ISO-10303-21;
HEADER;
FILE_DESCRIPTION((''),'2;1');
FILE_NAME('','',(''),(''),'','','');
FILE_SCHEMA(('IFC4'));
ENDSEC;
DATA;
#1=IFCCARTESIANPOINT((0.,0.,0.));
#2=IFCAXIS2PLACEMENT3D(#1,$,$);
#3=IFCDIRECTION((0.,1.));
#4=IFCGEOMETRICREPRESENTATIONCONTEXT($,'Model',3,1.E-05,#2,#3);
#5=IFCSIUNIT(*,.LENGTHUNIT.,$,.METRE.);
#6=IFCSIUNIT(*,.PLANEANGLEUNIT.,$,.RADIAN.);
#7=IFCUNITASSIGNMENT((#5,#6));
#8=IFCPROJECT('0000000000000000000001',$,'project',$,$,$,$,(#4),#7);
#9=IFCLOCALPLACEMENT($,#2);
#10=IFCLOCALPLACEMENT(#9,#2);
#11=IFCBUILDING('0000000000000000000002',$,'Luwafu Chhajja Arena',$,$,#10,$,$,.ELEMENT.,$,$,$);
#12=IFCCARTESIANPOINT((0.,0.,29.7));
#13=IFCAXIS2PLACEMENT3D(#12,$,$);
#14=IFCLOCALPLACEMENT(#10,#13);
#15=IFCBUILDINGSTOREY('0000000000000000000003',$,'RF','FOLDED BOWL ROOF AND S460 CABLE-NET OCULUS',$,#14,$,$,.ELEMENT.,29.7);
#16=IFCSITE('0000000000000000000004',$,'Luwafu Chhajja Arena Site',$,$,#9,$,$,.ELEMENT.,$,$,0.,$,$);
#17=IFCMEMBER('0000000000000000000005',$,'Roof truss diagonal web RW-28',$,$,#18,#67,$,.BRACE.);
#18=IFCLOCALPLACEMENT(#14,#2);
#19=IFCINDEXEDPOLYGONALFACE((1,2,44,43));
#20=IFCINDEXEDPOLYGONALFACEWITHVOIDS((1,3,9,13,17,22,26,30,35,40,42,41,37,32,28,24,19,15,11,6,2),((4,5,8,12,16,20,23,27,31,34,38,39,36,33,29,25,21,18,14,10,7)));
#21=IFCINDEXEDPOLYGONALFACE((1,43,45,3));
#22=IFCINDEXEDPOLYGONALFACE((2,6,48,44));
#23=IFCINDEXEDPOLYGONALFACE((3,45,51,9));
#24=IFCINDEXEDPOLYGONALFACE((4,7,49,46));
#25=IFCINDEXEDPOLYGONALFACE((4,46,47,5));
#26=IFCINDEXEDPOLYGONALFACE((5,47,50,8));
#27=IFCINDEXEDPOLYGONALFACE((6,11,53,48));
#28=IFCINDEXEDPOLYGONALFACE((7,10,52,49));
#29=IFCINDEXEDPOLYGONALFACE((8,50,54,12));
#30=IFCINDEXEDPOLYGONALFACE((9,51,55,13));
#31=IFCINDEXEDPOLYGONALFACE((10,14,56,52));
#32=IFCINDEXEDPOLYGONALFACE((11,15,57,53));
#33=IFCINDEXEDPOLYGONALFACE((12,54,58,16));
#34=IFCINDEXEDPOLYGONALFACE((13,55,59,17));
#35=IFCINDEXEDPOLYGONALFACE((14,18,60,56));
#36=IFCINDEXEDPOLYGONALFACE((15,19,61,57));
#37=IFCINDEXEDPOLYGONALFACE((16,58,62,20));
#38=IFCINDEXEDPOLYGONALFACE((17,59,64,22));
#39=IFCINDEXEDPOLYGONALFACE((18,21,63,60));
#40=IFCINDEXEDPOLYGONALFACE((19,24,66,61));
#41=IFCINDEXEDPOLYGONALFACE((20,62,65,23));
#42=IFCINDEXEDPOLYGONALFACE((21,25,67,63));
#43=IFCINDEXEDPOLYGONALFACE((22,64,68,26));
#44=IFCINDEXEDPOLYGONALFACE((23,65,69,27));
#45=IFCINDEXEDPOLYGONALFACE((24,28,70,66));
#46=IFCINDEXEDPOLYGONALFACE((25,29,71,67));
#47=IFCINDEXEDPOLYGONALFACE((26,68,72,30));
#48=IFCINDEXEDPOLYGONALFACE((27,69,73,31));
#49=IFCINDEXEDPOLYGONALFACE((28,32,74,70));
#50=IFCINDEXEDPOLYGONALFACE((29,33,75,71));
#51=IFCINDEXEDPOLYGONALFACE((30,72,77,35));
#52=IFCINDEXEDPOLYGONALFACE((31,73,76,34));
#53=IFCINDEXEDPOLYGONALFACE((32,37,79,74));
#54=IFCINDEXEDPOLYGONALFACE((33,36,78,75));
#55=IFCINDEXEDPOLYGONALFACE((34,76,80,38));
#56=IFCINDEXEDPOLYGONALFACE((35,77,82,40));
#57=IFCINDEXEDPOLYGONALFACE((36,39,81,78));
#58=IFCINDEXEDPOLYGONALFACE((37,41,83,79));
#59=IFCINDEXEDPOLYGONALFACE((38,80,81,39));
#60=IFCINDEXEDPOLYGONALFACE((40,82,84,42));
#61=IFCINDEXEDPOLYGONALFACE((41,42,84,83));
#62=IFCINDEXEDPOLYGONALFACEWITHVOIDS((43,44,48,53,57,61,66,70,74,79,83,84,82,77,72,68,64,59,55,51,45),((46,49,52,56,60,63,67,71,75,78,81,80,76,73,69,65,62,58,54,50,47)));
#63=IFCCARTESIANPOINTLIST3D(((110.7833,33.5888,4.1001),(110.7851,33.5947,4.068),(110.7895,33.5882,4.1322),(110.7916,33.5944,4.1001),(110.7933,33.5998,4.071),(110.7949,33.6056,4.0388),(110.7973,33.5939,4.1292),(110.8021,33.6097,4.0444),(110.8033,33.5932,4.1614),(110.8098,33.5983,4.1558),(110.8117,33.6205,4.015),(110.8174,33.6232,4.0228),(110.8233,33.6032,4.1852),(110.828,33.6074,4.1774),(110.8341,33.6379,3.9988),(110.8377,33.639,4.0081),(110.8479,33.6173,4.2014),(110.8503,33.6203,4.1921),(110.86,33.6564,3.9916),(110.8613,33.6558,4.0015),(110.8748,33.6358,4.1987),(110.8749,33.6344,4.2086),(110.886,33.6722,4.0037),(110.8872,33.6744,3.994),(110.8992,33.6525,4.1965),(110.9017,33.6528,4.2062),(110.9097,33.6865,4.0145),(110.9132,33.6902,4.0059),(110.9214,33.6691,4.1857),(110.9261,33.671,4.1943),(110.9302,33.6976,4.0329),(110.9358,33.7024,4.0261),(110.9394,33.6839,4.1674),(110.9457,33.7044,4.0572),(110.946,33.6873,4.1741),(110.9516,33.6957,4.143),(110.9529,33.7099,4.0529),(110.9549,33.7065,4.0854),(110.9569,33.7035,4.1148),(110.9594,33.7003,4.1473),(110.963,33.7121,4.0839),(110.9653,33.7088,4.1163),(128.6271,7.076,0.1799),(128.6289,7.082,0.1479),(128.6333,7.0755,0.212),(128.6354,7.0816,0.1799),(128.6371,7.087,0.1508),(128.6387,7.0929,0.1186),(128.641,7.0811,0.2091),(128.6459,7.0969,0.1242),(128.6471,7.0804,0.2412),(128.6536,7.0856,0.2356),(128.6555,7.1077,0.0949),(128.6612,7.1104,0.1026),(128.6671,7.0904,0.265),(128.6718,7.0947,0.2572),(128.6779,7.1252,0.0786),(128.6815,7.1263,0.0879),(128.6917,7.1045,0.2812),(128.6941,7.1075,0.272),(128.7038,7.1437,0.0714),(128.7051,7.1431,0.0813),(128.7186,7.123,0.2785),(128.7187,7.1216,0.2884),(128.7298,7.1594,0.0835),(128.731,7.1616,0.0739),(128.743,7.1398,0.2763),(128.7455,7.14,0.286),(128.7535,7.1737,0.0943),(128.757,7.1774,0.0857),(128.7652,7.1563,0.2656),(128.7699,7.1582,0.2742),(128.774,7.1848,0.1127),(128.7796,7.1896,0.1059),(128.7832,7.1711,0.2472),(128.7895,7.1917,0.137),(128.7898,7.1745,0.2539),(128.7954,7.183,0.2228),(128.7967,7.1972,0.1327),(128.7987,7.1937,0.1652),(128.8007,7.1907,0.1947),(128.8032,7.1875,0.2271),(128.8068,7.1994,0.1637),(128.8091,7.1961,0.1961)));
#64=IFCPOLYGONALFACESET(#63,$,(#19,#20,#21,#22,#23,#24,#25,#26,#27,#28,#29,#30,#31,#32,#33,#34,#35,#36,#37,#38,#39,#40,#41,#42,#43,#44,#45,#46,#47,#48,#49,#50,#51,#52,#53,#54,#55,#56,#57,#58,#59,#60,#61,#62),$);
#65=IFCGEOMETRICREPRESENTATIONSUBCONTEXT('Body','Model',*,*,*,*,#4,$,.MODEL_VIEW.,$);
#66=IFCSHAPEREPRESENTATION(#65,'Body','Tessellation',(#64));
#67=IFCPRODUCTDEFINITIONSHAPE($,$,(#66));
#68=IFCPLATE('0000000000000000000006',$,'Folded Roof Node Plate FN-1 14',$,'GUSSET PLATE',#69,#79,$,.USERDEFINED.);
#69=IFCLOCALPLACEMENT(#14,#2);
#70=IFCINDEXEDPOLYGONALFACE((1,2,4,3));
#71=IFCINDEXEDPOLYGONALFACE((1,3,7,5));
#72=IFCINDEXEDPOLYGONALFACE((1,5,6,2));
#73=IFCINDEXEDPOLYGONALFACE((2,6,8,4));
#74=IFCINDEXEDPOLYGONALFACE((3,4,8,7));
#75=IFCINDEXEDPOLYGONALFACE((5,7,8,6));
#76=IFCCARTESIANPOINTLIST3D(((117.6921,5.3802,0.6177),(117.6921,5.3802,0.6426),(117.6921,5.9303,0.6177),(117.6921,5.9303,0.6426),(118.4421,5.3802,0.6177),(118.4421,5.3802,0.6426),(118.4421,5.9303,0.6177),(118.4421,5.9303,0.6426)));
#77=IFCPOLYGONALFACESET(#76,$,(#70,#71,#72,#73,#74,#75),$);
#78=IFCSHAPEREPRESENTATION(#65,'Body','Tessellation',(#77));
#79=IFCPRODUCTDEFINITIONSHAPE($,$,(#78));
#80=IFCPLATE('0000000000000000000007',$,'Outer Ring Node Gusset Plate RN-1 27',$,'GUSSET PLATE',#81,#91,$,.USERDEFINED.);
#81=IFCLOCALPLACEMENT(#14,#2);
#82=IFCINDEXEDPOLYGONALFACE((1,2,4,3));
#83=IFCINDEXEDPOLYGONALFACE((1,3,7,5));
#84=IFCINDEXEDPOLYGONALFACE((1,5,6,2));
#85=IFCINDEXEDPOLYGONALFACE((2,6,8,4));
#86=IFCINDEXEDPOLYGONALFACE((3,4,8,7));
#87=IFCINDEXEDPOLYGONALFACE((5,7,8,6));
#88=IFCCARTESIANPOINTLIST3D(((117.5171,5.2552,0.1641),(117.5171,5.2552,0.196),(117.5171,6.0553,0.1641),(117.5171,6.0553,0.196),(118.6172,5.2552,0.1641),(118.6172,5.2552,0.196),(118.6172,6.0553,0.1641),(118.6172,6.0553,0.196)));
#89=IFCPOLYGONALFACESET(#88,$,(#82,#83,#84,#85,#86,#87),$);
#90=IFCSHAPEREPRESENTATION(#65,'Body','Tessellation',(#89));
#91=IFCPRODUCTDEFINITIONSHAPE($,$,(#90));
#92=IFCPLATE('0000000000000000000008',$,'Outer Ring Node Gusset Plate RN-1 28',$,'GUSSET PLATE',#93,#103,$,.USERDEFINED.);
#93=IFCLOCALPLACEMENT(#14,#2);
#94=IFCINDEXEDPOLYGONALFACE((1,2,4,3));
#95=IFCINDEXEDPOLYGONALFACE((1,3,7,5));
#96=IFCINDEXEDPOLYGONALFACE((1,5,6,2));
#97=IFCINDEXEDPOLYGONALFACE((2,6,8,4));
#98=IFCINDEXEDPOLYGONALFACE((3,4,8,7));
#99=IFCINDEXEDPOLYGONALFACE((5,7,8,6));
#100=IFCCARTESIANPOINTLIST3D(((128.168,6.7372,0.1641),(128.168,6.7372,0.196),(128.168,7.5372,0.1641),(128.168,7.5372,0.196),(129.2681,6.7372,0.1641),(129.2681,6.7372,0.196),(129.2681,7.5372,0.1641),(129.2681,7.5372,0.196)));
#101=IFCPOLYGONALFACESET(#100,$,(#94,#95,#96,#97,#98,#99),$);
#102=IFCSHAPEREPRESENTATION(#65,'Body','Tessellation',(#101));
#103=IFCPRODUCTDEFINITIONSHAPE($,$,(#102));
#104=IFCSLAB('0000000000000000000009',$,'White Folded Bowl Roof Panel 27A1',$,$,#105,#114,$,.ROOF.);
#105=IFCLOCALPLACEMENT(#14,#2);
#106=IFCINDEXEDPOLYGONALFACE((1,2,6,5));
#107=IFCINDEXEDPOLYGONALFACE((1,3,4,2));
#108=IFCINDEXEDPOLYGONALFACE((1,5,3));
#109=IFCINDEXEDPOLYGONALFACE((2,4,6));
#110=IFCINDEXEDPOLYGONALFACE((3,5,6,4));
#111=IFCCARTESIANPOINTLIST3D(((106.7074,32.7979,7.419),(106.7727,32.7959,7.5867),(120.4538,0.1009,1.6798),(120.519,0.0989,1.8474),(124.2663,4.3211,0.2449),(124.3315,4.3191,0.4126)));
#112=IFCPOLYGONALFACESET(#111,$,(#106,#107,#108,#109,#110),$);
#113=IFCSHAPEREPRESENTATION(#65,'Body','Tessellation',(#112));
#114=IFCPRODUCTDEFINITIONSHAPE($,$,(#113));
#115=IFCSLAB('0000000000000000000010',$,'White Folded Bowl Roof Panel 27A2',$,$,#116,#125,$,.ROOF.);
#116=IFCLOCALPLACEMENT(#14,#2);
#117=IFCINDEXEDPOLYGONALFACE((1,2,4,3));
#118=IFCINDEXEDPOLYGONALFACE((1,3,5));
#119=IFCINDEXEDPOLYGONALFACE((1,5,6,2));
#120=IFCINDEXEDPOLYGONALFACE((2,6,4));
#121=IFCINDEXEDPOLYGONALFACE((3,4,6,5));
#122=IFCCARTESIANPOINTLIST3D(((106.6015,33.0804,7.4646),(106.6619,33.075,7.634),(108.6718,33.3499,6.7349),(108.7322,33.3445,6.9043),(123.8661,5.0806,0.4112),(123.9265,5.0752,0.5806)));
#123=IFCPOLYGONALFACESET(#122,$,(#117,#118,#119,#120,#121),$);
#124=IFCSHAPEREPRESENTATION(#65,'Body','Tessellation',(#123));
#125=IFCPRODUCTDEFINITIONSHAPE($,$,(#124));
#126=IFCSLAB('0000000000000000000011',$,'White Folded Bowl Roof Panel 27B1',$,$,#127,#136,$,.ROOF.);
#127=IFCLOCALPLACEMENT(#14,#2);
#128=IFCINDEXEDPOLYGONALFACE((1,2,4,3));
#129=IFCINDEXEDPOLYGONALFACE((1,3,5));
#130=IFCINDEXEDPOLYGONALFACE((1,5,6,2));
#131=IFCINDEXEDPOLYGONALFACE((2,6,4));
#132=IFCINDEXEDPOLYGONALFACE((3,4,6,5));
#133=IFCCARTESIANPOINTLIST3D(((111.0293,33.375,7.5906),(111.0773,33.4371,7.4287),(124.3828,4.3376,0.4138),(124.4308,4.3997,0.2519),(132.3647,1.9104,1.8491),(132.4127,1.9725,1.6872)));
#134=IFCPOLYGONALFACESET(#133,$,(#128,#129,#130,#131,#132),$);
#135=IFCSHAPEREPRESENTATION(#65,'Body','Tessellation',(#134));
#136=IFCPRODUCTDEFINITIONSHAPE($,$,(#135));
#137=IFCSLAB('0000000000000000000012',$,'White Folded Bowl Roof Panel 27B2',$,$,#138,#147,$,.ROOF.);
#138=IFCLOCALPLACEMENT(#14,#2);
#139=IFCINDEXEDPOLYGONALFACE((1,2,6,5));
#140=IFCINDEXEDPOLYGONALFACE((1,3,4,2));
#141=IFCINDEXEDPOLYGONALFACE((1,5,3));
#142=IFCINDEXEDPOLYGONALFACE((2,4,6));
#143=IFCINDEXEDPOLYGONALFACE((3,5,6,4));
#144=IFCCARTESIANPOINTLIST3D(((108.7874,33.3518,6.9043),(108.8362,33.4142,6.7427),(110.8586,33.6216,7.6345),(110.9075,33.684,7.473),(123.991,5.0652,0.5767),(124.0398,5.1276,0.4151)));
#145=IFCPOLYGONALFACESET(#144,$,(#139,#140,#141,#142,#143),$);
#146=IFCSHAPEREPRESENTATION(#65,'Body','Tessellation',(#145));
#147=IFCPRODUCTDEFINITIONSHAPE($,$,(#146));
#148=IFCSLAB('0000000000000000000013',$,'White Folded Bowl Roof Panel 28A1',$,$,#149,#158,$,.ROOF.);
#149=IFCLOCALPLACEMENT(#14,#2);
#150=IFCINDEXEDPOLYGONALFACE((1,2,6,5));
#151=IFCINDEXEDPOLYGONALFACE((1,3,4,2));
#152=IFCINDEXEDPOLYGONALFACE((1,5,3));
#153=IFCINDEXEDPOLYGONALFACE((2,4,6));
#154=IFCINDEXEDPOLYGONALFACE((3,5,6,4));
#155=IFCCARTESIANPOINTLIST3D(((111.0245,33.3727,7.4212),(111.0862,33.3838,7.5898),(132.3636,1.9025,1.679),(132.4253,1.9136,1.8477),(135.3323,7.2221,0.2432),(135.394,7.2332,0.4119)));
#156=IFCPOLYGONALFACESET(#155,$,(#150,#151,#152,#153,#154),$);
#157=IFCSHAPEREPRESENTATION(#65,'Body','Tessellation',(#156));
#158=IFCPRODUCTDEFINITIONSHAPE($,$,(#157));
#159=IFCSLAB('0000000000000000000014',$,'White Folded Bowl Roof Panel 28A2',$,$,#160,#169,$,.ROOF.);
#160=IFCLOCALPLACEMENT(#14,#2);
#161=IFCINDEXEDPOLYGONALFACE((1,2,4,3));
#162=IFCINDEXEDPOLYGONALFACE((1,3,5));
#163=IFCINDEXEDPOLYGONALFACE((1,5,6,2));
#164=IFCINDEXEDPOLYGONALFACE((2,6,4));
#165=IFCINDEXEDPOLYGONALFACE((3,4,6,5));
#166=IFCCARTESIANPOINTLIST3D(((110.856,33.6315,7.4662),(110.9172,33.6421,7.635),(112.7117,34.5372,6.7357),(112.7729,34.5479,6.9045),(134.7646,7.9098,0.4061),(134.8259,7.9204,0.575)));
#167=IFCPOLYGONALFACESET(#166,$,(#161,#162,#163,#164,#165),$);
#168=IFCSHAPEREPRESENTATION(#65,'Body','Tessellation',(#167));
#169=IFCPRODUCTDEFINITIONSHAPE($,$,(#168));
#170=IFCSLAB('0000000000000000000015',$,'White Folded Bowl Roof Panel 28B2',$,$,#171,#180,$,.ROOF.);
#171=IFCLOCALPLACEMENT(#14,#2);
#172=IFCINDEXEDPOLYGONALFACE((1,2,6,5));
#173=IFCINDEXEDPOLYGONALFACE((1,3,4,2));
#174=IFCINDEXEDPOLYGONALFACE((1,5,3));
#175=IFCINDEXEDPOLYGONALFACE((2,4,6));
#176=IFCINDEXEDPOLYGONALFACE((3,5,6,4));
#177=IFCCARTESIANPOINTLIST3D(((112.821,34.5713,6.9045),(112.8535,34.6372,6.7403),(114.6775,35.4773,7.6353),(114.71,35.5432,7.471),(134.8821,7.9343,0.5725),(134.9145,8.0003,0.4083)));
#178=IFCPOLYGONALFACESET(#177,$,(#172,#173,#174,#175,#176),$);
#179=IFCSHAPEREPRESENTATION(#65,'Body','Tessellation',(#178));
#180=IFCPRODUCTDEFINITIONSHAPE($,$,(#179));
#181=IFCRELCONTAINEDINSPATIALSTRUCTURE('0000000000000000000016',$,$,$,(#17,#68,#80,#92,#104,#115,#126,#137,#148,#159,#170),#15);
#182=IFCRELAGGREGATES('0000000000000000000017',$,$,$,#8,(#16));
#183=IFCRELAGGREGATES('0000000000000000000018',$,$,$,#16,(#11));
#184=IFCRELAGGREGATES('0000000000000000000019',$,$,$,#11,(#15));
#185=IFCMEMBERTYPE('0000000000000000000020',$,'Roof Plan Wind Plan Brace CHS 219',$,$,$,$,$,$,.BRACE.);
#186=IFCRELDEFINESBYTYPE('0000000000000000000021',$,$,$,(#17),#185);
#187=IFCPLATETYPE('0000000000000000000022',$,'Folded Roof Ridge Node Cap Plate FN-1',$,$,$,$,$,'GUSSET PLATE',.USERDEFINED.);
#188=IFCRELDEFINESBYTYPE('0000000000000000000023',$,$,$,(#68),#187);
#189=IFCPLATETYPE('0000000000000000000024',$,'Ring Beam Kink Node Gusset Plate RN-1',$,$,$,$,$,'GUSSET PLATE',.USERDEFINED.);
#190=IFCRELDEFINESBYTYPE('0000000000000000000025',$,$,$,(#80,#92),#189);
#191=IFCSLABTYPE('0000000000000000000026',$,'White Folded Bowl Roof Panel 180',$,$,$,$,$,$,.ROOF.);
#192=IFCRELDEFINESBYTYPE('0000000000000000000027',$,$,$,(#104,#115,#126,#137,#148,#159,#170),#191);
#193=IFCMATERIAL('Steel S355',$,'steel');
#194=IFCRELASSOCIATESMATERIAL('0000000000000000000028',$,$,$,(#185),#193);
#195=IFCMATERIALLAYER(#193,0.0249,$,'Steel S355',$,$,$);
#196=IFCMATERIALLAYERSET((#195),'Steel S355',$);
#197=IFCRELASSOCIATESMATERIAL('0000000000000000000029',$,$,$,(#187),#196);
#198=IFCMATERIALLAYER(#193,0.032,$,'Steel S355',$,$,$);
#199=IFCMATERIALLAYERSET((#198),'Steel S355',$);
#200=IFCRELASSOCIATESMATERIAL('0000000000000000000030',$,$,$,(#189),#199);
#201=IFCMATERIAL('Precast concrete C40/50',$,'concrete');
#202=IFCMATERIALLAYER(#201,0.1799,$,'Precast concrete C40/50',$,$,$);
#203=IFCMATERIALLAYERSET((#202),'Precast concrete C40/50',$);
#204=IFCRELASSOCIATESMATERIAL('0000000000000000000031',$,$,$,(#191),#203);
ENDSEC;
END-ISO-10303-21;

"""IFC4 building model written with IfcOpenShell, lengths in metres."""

from ifc_helpers import new_model, si_unit, direction, frame, origin, origin_2d, place, context, subcontext, project, spatial, polyline, rectangle, hollow_circle, outline, extrude, material, layer, layer_set, material_profile, profile_set, type_object, element, save


model = new_model("IFC4")

# Units and contexts
model_context = context("Model", 3, precision=1e-05, world=origin(), true_north=direction((0.0, 1.0)))
body_context = subcontext(model_context, "Body", "Model", "MODEL_VIEW")
ifc_project = project(units=[si_unit("LENGTHUNIT", "METRE"), si_unit("PLANEANGLEUNIT", "RADIAN")], contexts=[model_context])

# Site, building, storey
site_placement = place(None, origin())
site = spatial("IfcSite", under=ifc_project, at=site_placement, Name="Luwafu Chhajja Arena Site", CompositionType="ELEMENT", RefElevation=0.0)
building_placement = place(site_placement, origin())
building = spatial("IfcBuilding", under=site, at=building_placement, Name="Luwafu Chhajja Arena", CompositionType="ELEMENT")
storey_placement = place(building_placement, frame((0.0, 0.0, 29.7)))
storey = spatial("IfcBuildingStorey", under=building, at=storey_placement, Name="RF", Description="FOLDED BOWL ROOF AND S460 CABLE-NET OCULUS", CompositionType="ELEMENT", Elevation=29.7)

# Shared definitions
ifc_material_1 = material(Name="Steel S355", Category="steel")

# Member
ifc_material_profile_1 = material_profile(ifc_material_1, hollow_circle(Radius=0.1096, WallThickness=0.01, at=origin_2d()), Name="CHS 219.1x10")
ifc_profile_set_1 = profile_set([ifc_material_profile_1], Name="Steel S355")
member_type = type_object("IfcMemberType", Name="Roof Plan Wind Plan Brace CHS 219", PredefinedType="BRACE", material=ifc_profile_set_1)
member_1_placement = place(storey_placement, frame((128.718, 7.1372, 0.1799), z_axis=(-0.554194, 0.823435, 0.121753), x_axis=(-0.829607, -0.558348, 0.0)))
element("IfcMember", 1, at=member_1_placement, inside=storey, type_object=member_type, Name="Roof truss diagonal web RW-28", PredefinedType="BRACE", context=body_context, shape_type="SweptSolid", body=[
    extrude(hollow_circle(Radius=0.1096, WallThickness=0.01, at=origin_2d()), origin(), (0.0, 0.0, 1.0), 32.1978),
])

# Plates
ifc_layer_1 = layer(ifc_material_1, 0.0249, Name="Steel S355")
ifc_layer_set_1 = layer_set([ifc_layer_1], Name="Steel S355")
plate_type_1 = type_object("IfcPlateType", Name="Folded Roof Ridge Node Cap Plate FN-1", ElementType="GUSSET PLATE", PredefinedType="USERDEFINED", material=ifc_layer_set_1)
plate_placement = place(storey_placement, frame((118.0671, 5.6553, 0.6177), z_axis=(0.0, 0.0, 1.0), x_axis=(1.0, 0.0, 0.0)))
element("IfcPlate", 2, at=plate_placement, inside=storey, type_object=plate_type_1, Name="Folded Roof Node Plate FN-1 14", ObjectType="GUSSET PLATE", PredefinedType="USERDEFINED", context=body_context, shape_type="SweptSolid", body=[
    extrude(rectangle(XDim=0.75, YDim=0.55, at=origin_2d()), origin(), (0.0, 0.0, 1.0), 0.0249),
])
ifc_layer_2 = layer(ifc_material_1, 0.032, Name="Steel S355")
ifc_layer_set_2 = layer_set([ifc_layer_2], Name="Steel S355")
plate_type_2 = type_object("IfcPlateType", Name="Ring Beam Kink Node Gusset Plate RN-1", ElementType="GUSSET PLATE", PredefinedType="USERDEFINED", material=ifc_layer_set_2)
for number, where, z_axis, x_axis, name in (
    (3, (118.0671, 5.6553, 0.1641), (0.0, 0.0, 1.0), (1.0, 0.0, 0.0), "Outer Ring Node Gusset Plate RN-1 27"),
    (4, (128.718, 7.1372, 0.1641), (0.0, 0.0, 1.0), (1.0, 0.0, 0.0), "Outer Ring Node Gusset Plate RN-1 28"),
):
    element("IfcPlate", number, at=place(storey_placement, frame(where, z_axis=z_axis, x_axis=x_axis)), inside=storey, type_object=plate_type_2, Name=name, ObjectType="GUSSET PLATE", PredefinedType="USERDEFINED", context=body_context, shape_type="SweptSolid", body=[
        extrude(rectangle(XDim=1.1001, YDim=0.8, at=origin_2d()), origin(), (0.0, 0.0, 1.0), 0.032),
    ])

# Slabs
ifc_material_2 = material(Name="Precast concrete C40/50", Category="concrete")
ifc_layer_3 = layer(ifc_material_2, 0.1799, Name="Precast concrete C40/50")
ifc_layer_set_3 = layer_set([ifc_layer_3], Name="Precast concrete C40/50")
slab_type = type_object("IfcSlabType", Name="White Folded Bowl Roof Panel 180", PredefinedType="ROOF", material=ifc_layer_set_3)
slab_1_placement = place(storey_placement, frame((120.519, 0.0989, 1.8474), z_axis=(0.362853, -0.011005, 0.931781), x_axis=(-0.382582, 0.910009, 0.159732)))
element("IfcSlab", 5, at=slab_1_placement, inside=storey, type_object=slab_type, Name="White Folded Bowl Roof Panel 27A1", PredefinedType="ROOF", context=body_context, shape_type="SweptSolid", body=[
    extrude(outline(polyline([(0.0, 0.0), (35.9304, 0.0), (2.1527, -5.4562), (0.0, 0.0)])), origin(), (0.0, 0.0, -1.0), 0.1799),
])
slab_2_placement = place(storey_placement, frame((123.9265, 5.0752, 0.5806), z_axis=(0.335766, -0.030132, 0.941463), x_axis=(-0.513182, 0.832278, 0.209661)))
element("IfcSlab", 6, at=slab_2_placement, inside=storey, type_object=slab_type, Name="White Folded Bowl Roof Panel 27A2", PredefinedType="ROOF", context=body_context, shape_type="SweptSolid", body=[
    extrude(outline(polyline([(0.0, 0.0), (33.6423, 0.0), (32.6512, -1.9771), (0.0, 0.0)])), origin(), (0.0, 0.0, -1.0), 0.1799),
])
slab_3_placement = place(storey_placement, frame((124.3828, 4.3376, 0.4138), z_axis=(-0.26675, -0.345079, 0.899869), x_axis=(-0.40766, 0.88646, 0.219094)))
element("IfcSlab", 7, at=slab_3_placement, inside=storey, type_object=slab_type, Name="White Folded Bowl Roof Panel 27B1", PredefinedType="ROOF", context=body_context, shape_type="SweptSolid", body=[
    extrude(outline(polyline([(0.0, 0.0), (32.7565, 0.0), (-5.0911, -6.7634), (0.0, 0.0)])), origin(), (0.0, 0.0, -1.0), 0.1799),
])
slab_4_placement = place(storey_placement, frame((123.991, 5.0652, 0.5767), z_axis=(-0.271378, -0.34671, 0.897856), x_axis=(-0.464501, 0.864214, 0.193322)))
element("IfcSlab", 8, at=slab_4_placement, inside=storey, type_object=slab_type, Name="White Folded Bowl Roof Panel 27B2", PredefinedType="ROOF", context=body_context, shape_type="SweptSolid", body=[
    extrude(outline(polyline([(0.0, 0.0), (32.7311, 0.0), (32.1432, -2.1332), (0.0, 0.0)])), origin(), (0.0, 0.0, -1.0), 0.1799),
])
slab_5_placement = place(storey_placement, frame((132.4253, 1.9136, 1.8477), z_axis=(0.34301, 0.06156, 0.937312), x_axis=(-0.554927, 0.818387, 0.149326)))
element("IfcSlab", 9, at=slab_5_placement, inside=storey, type_object=slab_type, Name="White Folded Bowl Roof Panel 28A1", PredefinedType="ROOF", context=body_context, shape_type="SweptSolid", body=[
    extrude(outline(polyline([(0.0, 0.0), (38.4539, 0.0), (2.4916, -5.7415), (0.0, 0.0)])), origin(), (0.0, 0.0, -1.0), 0.1799),
])
slab_6_placement = place(storey_placement, frame((134.8259, 7.9204, 0.575), z_axis=(0.340571, 0.059005, 0.938365), x_axis=(-0.667467, 0.718081, 0.197098)))
element("IfcSlab", 10, at=slab_6_placement, inside=storey, type_object=slab_type, Name="White Folded Bowl Roof Panel 28A2", PredefinedType="ROOF", context=body_context, shape_type="SweptSolid", body=[
    extrude(outline(polyline([(0.0, 0.0), (35.82, 0.0), (35.0878, -2.0644), (0.0, 0.0)])), origin(), (0.0, 0.0, -1.0), 0.1799),
])
slab_7_placement = place(storey_placement, frame((134.8821, 7.9343, 0.5725), z_axis=(-0.180448, -0.366431, 0.91278), x_axis=(-0.627425, 0.757566, 0.180086)))
element("IfcSlab", 11, at=slab_7_placement, inside=storey, type_object=slab_type, Name="White Folded Bowl Roof Panel 28B2", PredefinedType="ROOF", context=body_context, shape_type="SweptSolid", body=[
    extrude(outline(polyline([(0.0, 0.0), (35.1612, 0.0), (34.8144, -2.1635), (0.0, 0.0)])), origin(), (0.0, 0.0, -1.0), 0.1799),
])

save(model, "model.ifc")
